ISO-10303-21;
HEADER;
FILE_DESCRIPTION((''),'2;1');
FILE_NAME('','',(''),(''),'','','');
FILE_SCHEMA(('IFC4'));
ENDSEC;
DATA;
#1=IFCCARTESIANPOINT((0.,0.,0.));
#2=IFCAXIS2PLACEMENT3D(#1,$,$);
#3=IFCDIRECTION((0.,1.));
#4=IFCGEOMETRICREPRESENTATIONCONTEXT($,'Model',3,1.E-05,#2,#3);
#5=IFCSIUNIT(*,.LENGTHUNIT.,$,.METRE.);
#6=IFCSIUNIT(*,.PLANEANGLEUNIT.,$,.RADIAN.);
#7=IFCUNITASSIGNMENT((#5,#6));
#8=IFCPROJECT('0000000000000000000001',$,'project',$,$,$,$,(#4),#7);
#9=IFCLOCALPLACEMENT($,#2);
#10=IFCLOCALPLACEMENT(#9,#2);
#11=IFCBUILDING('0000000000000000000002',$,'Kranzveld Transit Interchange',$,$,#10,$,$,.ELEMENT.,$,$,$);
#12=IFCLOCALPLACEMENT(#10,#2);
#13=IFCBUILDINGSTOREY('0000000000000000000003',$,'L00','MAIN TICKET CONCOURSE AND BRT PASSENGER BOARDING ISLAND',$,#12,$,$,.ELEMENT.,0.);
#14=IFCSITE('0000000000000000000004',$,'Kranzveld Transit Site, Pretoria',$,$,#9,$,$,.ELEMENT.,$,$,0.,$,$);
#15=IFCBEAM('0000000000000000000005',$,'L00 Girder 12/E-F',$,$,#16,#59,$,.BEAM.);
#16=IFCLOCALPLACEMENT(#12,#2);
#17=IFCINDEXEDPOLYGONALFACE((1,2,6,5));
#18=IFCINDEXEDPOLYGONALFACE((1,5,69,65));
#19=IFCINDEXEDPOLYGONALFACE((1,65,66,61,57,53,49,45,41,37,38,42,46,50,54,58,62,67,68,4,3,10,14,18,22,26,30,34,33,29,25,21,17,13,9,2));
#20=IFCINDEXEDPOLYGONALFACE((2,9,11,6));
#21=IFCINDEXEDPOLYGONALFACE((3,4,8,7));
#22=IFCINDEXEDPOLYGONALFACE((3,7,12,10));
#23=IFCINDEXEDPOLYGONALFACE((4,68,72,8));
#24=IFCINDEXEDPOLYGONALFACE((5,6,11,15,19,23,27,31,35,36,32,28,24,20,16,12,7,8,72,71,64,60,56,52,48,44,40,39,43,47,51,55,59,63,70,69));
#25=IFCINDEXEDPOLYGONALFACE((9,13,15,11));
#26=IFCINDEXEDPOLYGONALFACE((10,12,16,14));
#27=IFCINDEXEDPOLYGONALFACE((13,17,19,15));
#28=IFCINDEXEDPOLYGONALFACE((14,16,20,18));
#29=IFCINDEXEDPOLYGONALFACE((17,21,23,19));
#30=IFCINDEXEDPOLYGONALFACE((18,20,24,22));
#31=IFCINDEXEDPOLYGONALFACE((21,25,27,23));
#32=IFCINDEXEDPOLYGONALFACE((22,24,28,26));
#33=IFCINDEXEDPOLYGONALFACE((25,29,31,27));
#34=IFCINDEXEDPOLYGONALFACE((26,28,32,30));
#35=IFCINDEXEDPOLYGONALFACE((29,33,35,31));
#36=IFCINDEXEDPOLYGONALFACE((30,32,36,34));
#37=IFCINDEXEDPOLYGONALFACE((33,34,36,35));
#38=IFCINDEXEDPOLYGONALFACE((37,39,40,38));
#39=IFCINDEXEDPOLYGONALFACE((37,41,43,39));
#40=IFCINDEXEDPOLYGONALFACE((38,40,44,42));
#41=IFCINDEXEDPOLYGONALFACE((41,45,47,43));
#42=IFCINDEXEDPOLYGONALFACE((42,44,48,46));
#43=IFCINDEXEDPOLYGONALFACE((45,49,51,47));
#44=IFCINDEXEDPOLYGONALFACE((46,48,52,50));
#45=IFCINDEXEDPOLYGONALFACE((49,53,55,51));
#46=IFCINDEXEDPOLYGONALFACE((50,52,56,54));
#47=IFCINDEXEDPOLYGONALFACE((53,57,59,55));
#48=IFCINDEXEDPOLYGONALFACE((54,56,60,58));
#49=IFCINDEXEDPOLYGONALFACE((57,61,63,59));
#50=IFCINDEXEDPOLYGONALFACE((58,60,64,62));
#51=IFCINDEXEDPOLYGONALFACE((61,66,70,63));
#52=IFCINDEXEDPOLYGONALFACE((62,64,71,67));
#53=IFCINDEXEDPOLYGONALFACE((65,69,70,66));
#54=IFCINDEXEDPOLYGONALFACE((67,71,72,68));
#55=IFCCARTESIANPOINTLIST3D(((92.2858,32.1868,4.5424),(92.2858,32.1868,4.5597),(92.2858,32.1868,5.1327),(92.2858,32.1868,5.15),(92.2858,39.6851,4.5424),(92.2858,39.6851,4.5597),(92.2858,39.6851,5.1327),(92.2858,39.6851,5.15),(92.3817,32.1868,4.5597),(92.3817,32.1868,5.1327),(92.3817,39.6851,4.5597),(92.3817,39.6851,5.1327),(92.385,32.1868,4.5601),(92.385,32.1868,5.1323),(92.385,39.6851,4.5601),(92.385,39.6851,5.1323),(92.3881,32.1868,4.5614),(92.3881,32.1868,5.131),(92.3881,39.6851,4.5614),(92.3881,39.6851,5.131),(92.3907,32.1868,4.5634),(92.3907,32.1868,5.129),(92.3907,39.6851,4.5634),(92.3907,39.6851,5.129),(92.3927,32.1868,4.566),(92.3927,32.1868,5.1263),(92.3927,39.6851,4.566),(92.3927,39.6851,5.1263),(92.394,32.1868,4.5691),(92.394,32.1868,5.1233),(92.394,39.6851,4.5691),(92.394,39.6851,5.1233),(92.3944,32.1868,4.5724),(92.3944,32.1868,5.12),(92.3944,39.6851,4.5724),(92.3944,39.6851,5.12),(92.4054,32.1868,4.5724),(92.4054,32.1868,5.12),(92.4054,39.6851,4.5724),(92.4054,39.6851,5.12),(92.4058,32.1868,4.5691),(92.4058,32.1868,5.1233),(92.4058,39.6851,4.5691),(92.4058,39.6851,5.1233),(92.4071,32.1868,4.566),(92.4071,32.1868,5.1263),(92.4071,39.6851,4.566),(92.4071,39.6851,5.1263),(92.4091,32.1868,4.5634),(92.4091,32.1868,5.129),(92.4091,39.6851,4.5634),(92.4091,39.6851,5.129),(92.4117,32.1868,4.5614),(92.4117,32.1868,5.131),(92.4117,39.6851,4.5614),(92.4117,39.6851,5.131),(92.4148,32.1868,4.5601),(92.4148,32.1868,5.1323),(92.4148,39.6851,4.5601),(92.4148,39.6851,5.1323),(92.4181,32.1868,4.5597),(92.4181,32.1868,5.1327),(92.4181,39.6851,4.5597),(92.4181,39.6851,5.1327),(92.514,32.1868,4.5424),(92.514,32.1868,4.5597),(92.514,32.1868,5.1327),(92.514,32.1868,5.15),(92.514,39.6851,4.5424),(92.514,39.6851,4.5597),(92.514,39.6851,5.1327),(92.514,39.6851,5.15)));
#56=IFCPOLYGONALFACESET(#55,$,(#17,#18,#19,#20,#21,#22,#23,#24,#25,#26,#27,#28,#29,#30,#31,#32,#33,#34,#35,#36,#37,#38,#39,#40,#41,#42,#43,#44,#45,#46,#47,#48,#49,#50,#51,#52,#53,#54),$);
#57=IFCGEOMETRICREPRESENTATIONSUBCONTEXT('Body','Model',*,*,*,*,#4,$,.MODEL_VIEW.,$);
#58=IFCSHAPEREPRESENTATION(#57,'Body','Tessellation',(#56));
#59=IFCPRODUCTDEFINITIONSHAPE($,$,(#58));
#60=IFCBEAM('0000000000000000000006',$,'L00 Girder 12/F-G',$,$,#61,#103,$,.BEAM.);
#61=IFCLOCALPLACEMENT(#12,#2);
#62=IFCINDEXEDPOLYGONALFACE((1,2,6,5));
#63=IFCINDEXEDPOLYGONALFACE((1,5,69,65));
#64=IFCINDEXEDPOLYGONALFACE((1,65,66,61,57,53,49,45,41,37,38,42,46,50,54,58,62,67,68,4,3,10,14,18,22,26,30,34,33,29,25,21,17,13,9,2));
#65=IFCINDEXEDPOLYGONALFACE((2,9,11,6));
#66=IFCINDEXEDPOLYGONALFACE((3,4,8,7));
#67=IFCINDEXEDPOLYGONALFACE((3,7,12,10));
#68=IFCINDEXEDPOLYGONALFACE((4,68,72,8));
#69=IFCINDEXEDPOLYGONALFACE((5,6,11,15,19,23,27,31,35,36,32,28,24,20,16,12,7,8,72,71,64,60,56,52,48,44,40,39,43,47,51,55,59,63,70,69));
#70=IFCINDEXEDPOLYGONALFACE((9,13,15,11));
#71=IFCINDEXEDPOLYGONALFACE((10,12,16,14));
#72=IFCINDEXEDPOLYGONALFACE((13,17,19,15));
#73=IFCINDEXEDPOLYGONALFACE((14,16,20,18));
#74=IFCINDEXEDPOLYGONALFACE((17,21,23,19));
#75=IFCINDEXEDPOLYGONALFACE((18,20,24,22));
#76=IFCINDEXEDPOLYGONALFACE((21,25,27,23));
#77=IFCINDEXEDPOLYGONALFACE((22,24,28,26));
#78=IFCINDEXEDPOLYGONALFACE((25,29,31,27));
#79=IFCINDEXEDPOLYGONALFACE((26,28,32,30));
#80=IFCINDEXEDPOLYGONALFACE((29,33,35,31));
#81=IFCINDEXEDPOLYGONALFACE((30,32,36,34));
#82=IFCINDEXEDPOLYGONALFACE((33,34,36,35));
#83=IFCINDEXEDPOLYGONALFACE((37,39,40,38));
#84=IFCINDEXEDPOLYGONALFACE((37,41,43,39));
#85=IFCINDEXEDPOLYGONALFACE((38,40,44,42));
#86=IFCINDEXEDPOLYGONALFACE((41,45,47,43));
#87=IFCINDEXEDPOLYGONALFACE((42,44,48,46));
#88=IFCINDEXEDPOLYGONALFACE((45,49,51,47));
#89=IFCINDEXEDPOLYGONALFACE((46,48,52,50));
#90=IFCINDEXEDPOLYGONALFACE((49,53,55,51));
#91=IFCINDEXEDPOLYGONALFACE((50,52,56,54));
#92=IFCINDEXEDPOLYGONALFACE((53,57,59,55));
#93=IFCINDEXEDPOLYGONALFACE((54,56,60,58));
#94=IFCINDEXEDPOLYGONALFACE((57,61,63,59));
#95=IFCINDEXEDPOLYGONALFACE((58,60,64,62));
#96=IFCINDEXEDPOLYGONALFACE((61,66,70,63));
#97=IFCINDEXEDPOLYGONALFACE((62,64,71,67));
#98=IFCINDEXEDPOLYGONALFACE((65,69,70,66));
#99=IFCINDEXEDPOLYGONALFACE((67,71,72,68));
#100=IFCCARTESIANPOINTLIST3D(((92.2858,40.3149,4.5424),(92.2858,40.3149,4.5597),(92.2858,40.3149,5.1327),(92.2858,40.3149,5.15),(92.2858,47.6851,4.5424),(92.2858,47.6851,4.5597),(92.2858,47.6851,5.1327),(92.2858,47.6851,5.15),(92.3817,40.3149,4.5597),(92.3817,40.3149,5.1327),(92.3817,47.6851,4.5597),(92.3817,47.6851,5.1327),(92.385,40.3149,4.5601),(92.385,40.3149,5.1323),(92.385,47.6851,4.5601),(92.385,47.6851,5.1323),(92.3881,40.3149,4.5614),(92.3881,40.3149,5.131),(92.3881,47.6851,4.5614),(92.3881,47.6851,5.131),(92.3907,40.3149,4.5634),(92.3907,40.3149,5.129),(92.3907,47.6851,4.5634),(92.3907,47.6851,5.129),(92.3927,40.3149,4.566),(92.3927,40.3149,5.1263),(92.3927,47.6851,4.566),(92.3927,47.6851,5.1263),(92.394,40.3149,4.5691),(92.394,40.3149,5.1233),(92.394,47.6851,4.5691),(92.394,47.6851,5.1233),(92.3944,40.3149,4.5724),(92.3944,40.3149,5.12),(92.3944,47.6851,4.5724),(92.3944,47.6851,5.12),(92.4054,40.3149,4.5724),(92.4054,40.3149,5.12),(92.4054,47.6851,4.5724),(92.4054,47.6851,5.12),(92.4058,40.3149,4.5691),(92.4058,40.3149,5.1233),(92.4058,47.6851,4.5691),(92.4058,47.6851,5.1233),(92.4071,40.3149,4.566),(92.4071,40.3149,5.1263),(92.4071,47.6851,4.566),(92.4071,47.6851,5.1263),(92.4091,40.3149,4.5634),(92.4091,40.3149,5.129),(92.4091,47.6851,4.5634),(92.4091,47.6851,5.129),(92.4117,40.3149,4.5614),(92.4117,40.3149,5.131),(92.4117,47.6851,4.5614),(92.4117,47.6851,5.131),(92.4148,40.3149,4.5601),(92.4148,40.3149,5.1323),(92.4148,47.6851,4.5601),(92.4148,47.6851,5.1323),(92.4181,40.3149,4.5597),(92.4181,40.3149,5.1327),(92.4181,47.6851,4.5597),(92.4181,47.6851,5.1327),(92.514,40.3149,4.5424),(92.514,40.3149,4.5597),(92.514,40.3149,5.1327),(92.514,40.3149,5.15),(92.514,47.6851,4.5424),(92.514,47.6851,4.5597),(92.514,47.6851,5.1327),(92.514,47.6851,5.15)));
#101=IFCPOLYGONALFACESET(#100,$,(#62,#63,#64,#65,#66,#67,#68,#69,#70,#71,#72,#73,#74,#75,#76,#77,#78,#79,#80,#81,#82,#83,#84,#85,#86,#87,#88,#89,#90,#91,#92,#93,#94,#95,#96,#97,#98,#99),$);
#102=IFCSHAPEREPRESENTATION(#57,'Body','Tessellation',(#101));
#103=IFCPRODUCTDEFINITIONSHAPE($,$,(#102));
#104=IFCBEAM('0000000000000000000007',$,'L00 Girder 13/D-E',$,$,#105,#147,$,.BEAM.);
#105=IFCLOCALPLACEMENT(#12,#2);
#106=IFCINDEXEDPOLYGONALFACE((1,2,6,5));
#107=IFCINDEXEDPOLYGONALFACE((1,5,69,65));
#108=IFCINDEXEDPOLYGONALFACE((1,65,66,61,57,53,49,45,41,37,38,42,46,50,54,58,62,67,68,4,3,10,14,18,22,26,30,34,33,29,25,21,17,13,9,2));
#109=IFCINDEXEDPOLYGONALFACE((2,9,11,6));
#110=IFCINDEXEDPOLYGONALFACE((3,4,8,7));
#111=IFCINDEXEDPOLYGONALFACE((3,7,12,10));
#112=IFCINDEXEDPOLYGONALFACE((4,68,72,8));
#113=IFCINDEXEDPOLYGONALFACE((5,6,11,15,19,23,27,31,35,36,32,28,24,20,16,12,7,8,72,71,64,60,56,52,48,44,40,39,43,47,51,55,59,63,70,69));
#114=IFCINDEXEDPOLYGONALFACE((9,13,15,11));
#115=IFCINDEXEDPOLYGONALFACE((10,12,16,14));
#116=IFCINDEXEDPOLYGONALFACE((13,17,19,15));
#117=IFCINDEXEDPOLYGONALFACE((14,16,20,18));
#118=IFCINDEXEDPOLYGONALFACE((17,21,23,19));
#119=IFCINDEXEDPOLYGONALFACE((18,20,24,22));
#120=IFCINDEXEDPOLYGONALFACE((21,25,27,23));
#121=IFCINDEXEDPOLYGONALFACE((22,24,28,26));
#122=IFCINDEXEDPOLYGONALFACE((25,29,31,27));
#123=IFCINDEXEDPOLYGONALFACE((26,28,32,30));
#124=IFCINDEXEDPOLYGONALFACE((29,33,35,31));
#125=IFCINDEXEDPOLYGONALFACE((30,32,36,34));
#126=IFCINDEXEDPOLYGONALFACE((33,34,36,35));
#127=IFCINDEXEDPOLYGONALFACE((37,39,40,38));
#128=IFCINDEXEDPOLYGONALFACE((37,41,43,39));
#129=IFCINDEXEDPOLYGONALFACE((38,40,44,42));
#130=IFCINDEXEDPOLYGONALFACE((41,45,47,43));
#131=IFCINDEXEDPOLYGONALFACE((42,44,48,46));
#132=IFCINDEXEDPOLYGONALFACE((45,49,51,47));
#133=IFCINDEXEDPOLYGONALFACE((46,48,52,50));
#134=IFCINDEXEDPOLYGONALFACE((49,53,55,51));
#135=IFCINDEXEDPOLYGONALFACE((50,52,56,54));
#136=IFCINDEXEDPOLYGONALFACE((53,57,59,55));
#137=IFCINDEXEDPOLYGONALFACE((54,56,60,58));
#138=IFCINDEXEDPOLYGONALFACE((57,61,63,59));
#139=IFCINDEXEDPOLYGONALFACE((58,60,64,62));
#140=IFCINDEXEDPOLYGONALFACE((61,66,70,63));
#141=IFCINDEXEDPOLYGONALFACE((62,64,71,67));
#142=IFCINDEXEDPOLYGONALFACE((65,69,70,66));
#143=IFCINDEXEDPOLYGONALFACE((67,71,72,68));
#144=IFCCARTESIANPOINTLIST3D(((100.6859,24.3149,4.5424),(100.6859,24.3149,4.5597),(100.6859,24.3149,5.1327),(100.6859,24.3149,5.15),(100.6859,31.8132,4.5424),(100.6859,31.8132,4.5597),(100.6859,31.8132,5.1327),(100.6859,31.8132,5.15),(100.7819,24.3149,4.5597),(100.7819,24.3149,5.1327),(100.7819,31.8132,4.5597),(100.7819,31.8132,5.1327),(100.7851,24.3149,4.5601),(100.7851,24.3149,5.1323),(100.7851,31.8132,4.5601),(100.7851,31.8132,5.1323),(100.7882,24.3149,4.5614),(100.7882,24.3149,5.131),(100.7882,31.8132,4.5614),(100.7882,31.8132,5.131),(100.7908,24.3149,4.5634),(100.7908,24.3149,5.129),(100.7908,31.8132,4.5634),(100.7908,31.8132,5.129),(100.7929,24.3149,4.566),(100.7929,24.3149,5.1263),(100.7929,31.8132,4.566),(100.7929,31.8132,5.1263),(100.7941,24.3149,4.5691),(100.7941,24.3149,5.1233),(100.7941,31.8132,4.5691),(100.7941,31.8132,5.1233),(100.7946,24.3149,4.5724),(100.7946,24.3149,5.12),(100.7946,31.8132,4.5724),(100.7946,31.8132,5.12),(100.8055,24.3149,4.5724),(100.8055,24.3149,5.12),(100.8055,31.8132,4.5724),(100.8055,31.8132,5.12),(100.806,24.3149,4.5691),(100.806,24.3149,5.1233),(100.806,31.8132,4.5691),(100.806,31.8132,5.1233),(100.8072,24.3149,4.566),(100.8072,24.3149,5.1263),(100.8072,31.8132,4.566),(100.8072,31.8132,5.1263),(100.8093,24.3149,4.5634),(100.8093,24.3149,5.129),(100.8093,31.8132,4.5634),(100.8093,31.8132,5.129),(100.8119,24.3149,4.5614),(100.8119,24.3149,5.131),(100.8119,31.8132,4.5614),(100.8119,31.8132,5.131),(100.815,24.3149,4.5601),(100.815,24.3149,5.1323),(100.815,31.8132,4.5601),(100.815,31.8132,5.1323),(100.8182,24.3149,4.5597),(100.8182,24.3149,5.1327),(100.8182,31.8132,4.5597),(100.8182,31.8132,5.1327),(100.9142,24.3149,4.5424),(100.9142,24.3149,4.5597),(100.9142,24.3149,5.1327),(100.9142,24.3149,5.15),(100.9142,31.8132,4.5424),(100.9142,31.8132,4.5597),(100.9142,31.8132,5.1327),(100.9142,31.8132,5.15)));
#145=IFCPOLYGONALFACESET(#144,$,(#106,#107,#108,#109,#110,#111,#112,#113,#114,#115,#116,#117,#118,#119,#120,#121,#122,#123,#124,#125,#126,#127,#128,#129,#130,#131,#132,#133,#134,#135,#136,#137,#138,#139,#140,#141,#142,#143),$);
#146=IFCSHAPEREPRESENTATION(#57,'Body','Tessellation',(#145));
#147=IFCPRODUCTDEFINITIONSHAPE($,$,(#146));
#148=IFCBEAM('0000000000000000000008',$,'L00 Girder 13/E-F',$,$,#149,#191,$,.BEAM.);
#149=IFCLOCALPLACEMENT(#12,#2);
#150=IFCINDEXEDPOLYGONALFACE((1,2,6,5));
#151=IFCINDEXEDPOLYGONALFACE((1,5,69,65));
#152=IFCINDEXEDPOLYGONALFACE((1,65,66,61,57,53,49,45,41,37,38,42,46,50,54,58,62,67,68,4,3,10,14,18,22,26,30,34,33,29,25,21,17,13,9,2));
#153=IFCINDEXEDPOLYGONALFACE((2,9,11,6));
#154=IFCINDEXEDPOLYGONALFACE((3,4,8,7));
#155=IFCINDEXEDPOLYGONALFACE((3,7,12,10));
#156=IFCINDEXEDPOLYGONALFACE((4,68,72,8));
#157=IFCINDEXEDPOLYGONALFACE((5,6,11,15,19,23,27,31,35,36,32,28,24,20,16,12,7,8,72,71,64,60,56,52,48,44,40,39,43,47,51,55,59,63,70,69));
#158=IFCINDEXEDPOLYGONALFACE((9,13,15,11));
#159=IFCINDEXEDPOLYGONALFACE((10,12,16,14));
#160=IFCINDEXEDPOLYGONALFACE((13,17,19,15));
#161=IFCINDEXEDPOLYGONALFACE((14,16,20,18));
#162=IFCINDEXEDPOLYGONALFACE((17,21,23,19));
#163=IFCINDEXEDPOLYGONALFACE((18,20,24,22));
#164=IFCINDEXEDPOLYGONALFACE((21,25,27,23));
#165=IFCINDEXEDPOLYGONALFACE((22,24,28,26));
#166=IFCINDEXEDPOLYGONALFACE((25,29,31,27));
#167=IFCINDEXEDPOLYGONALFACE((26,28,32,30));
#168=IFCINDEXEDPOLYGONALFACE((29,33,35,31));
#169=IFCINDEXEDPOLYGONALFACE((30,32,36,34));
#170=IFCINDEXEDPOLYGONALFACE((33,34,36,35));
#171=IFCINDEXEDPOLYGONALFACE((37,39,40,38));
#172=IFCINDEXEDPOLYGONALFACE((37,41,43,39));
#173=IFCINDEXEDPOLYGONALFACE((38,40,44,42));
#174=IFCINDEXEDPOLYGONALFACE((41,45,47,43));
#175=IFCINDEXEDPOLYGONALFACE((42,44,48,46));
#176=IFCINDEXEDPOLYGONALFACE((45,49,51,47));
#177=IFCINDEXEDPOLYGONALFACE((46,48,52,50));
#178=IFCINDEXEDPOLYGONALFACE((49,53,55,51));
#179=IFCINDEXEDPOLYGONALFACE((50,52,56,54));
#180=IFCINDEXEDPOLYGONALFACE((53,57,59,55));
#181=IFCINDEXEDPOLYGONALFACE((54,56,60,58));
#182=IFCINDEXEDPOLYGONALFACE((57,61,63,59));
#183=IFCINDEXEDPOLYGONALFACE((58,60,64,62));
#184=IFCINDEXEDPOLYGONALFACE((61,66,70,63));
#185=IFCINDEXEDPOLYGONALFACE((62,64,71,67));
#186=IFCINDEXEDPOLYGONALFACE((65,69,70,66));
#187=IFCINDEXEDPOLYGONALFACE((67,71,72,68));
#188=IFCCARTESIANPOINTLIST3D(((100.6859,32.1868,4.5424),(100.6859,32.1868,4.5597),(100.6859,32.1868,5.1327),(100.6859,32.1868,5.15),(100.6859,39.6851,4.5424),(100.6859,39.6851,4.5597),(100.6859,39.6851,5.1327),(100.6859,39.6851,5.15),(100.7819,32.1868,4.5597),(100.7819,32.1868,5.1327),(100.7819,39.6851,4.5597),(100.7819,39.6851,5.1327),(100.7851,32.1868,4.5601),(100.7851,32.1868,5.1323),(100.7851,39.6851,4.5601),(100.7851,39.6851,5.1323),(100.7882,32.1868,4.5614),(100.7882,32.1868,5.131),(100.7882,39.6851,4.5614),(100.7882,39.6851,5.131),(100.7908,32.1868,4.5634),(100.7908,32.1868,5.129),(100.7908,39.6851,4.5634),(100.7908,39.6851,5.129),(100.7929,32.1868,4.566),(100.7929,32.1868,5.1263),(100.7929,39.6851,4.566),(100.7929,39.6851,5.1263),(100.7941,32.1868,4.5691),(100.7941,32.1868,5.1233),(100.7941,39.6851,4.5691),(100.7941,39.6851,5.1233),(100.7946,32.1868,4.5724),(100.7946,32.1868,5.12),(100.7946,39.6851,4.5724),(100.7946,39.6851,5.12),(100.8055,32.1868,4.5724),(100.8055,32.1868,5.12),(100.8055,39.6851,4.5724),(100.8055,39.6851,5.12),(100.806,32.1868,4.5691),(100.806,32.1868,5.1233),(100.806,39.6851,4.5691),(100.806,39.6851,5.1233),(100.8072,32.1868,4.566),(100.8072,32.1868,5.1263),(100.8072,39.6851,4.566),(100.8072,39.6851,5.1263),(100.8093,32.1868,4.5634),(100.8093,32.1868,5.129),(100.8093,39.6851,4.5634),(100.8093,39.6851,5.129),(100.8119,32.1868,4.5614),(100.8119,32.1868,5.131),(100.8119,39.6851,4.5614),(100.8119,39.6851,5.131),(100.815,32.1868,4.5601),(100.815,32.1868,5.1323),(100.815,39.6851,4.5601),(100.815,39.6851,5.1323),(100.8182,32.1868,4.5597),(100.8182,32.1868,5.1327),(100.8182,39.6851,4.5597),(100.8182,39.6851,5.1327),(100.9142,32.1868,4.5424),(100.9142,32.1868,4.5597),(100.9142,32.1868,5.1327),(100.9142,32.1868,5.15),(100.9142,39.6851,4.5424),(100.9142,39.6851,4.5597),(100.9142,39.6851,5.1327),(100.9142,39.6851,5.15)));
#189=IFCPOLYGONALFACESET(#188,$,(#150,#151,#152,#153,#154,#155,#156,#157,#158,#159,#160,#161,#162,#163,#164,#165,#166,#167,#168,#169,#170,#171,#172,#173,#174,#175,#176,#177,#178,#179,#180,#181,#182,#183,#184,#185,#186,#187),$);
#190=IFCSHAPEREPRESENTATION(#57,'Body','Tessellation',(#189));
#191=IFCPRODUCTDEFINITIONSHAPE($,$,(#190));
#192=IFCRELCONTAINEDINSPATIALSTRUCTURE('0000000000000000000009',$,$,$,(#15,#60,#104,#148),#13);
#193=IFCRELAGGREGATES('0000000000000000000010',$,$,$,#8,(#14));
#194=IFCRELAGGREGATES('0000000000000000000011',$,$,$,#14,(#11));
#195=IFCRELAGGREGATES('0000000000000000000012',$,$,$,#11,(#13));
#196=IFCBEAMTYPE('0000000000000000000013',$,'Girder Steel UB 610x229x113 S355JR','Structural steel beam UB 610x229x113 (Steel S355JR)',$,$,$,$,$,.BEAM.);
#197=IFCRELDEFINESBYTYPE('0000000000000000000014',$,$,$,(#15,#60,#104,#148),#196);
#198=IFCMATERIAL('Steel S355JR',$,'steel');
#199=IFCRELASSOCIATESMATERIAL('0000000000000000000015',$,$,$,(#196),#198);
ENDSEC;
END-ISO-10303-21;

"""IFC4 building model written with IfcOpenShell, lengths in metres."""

from ifc_helpers import new_model, si_unit, direction, frame, origin, origin_2d, place, context, subcontext, project, spatial, i_section, extrude, material, material_profile, profile_set, type_object, element, save


model = new_model("IFC4")

# Units and contexts
model_context = context("Model", 3, precision=1e-05, world=origin(), true_north=direction((0.0, 1.0)))
body_context = subcontext(model_context, "Body", "Model", "MODEL_VIEW")
ifc_project = project(units=[si_unit("LENGTHUNIT", "METRE"), si_unit("PLANEANGLEUNIT", "RADIAN")], contexts=[model_context])

# Site, building, storey
site_placement = place(None, origin())
site = spatial("IfcSite", under=ifc_project, at=site_placement, Name="Kranzveld Transit Site, Pretoria", CompositionType="ELEMENT", RefElevation=0.0)
building_placement = place(site_placement, origin())
building = spatial("IfcBuilding", under=site, at=building_placement, Name="Kranzveld Transit Interchange", CompositionType="ELEMENT")
storey_placement = place(building_placement, origin())
storey = spatial("IfcBuildingStorey", under=building, at=storey_placement, Name="L00", Description="MAIN TICKET CONCOURSE AND BRT PASSENGER BOARDING ISLAND", CompositionType="ELEMENT", Elevation=0.0)

# Beams
ifc_material_1 = material(Name="Steel S355JR", Category="steel")
ifc_material_profile_1 = material_profile(ifc_material_1, i_section(OverallWidth=0.2283, OverallDepth=0.6077, WebThickness=0.011, FlangeThickness=0.0173, FilletRadius=0.0127, at=origin_2d()), Name="UB 610x229x113")
ifc_profile_set_1 = profile_set([ifc_material_profile_1], Name="Steel S355JR")
beam_type_1 = type_object("IfcBeamType", Name="Girder Steel UB 610x229x113 S355JR", Description="Structural steel beam UB 610x229x113 (Steel S355JR)", PredefinedType="BEAM", material=ifc_profile_set_1)
for number, where, z_axis, x_axis, name in (
    (1, (92.3999, 32.1868, 4.8462), (0.0, 1.0, 0.0), (-1.0, 0.0, 0.0), "L00 Girder 12/E-F"),
):
    element("IfcBeam", number, at=place(storey_placement, frame(where, z_axis=z_axis, x_axis=x_axis)), inside=storey, type_object=beam_type_1, Name=name, PredefinedType="BEAM", context=body_context, shape_type="SweptSolid", body=[
        extrude(i_section(OverallWidth=0.2283, OverallDepth=0.6077, WebThickness=0.011, FlangeThickness=0.0173, FilletRadius=0.0127, at=origin_2d()), origin(), (0.0, 0.0, 1.0), 7.4983),
    ])
beam_1_placement = place(storey_placement, frame((92.3999, 40.3149, 4.8462), z_axis=(0.0, 1.0, 0.0), x_axis=(-1.0, 0.0, 0.0)))
element("IfcBeam", 2, at=beam_1_placement, inside=storey, type_object=beam_type_1, Name="L00 Girder 12/F-G", PredefinedType="BEAM", context=body_context, shape_type="SweptSolid", body=[
    extrude(i_section(OverallWidth=0.2283, OverallDepth=0.6077, WebThickness=0.011, FlangeThickness=0.0173, FilletRadius=0.0127, at=origin_2d()), origin(), (0.0, 0.0, 1.0), 7.3701),
])
for number, where, z_axis, x_axis, name in (
    (3, (100.8, 24.3149, 4.8462), (0.0, 1.0, 0.0), (-1.0, 0.0, 0.0), "L00 Girder 13/D-E"),
    (4, (100.8, 32.1868, 4.8462), (0.0, 1.0, 0.0), (-1.0, 0.0, 0.0), "L00 Girder 13/E-F"),
):
    element("IfcBeam", number, at=place(storey_placement, frame(where, z_axis=z_axis, x_axis=x_axis)), inside=storey, type_object=beam_type_1, Name=name, PredefinedType="BEAM", context=body_context, shape_type="SweptSolid", body=[
        extrude(i_section(OverallWidth=0.2283, OverallDepth=0.6077, WebThickness=0.011, FlangeThickness=0.0173, FilletRadius=0.0127, at=origin_2d()), origin(), (0.0, 0.0, 1.0), 7.4983),
    ])

save(model, "model.ifc")
